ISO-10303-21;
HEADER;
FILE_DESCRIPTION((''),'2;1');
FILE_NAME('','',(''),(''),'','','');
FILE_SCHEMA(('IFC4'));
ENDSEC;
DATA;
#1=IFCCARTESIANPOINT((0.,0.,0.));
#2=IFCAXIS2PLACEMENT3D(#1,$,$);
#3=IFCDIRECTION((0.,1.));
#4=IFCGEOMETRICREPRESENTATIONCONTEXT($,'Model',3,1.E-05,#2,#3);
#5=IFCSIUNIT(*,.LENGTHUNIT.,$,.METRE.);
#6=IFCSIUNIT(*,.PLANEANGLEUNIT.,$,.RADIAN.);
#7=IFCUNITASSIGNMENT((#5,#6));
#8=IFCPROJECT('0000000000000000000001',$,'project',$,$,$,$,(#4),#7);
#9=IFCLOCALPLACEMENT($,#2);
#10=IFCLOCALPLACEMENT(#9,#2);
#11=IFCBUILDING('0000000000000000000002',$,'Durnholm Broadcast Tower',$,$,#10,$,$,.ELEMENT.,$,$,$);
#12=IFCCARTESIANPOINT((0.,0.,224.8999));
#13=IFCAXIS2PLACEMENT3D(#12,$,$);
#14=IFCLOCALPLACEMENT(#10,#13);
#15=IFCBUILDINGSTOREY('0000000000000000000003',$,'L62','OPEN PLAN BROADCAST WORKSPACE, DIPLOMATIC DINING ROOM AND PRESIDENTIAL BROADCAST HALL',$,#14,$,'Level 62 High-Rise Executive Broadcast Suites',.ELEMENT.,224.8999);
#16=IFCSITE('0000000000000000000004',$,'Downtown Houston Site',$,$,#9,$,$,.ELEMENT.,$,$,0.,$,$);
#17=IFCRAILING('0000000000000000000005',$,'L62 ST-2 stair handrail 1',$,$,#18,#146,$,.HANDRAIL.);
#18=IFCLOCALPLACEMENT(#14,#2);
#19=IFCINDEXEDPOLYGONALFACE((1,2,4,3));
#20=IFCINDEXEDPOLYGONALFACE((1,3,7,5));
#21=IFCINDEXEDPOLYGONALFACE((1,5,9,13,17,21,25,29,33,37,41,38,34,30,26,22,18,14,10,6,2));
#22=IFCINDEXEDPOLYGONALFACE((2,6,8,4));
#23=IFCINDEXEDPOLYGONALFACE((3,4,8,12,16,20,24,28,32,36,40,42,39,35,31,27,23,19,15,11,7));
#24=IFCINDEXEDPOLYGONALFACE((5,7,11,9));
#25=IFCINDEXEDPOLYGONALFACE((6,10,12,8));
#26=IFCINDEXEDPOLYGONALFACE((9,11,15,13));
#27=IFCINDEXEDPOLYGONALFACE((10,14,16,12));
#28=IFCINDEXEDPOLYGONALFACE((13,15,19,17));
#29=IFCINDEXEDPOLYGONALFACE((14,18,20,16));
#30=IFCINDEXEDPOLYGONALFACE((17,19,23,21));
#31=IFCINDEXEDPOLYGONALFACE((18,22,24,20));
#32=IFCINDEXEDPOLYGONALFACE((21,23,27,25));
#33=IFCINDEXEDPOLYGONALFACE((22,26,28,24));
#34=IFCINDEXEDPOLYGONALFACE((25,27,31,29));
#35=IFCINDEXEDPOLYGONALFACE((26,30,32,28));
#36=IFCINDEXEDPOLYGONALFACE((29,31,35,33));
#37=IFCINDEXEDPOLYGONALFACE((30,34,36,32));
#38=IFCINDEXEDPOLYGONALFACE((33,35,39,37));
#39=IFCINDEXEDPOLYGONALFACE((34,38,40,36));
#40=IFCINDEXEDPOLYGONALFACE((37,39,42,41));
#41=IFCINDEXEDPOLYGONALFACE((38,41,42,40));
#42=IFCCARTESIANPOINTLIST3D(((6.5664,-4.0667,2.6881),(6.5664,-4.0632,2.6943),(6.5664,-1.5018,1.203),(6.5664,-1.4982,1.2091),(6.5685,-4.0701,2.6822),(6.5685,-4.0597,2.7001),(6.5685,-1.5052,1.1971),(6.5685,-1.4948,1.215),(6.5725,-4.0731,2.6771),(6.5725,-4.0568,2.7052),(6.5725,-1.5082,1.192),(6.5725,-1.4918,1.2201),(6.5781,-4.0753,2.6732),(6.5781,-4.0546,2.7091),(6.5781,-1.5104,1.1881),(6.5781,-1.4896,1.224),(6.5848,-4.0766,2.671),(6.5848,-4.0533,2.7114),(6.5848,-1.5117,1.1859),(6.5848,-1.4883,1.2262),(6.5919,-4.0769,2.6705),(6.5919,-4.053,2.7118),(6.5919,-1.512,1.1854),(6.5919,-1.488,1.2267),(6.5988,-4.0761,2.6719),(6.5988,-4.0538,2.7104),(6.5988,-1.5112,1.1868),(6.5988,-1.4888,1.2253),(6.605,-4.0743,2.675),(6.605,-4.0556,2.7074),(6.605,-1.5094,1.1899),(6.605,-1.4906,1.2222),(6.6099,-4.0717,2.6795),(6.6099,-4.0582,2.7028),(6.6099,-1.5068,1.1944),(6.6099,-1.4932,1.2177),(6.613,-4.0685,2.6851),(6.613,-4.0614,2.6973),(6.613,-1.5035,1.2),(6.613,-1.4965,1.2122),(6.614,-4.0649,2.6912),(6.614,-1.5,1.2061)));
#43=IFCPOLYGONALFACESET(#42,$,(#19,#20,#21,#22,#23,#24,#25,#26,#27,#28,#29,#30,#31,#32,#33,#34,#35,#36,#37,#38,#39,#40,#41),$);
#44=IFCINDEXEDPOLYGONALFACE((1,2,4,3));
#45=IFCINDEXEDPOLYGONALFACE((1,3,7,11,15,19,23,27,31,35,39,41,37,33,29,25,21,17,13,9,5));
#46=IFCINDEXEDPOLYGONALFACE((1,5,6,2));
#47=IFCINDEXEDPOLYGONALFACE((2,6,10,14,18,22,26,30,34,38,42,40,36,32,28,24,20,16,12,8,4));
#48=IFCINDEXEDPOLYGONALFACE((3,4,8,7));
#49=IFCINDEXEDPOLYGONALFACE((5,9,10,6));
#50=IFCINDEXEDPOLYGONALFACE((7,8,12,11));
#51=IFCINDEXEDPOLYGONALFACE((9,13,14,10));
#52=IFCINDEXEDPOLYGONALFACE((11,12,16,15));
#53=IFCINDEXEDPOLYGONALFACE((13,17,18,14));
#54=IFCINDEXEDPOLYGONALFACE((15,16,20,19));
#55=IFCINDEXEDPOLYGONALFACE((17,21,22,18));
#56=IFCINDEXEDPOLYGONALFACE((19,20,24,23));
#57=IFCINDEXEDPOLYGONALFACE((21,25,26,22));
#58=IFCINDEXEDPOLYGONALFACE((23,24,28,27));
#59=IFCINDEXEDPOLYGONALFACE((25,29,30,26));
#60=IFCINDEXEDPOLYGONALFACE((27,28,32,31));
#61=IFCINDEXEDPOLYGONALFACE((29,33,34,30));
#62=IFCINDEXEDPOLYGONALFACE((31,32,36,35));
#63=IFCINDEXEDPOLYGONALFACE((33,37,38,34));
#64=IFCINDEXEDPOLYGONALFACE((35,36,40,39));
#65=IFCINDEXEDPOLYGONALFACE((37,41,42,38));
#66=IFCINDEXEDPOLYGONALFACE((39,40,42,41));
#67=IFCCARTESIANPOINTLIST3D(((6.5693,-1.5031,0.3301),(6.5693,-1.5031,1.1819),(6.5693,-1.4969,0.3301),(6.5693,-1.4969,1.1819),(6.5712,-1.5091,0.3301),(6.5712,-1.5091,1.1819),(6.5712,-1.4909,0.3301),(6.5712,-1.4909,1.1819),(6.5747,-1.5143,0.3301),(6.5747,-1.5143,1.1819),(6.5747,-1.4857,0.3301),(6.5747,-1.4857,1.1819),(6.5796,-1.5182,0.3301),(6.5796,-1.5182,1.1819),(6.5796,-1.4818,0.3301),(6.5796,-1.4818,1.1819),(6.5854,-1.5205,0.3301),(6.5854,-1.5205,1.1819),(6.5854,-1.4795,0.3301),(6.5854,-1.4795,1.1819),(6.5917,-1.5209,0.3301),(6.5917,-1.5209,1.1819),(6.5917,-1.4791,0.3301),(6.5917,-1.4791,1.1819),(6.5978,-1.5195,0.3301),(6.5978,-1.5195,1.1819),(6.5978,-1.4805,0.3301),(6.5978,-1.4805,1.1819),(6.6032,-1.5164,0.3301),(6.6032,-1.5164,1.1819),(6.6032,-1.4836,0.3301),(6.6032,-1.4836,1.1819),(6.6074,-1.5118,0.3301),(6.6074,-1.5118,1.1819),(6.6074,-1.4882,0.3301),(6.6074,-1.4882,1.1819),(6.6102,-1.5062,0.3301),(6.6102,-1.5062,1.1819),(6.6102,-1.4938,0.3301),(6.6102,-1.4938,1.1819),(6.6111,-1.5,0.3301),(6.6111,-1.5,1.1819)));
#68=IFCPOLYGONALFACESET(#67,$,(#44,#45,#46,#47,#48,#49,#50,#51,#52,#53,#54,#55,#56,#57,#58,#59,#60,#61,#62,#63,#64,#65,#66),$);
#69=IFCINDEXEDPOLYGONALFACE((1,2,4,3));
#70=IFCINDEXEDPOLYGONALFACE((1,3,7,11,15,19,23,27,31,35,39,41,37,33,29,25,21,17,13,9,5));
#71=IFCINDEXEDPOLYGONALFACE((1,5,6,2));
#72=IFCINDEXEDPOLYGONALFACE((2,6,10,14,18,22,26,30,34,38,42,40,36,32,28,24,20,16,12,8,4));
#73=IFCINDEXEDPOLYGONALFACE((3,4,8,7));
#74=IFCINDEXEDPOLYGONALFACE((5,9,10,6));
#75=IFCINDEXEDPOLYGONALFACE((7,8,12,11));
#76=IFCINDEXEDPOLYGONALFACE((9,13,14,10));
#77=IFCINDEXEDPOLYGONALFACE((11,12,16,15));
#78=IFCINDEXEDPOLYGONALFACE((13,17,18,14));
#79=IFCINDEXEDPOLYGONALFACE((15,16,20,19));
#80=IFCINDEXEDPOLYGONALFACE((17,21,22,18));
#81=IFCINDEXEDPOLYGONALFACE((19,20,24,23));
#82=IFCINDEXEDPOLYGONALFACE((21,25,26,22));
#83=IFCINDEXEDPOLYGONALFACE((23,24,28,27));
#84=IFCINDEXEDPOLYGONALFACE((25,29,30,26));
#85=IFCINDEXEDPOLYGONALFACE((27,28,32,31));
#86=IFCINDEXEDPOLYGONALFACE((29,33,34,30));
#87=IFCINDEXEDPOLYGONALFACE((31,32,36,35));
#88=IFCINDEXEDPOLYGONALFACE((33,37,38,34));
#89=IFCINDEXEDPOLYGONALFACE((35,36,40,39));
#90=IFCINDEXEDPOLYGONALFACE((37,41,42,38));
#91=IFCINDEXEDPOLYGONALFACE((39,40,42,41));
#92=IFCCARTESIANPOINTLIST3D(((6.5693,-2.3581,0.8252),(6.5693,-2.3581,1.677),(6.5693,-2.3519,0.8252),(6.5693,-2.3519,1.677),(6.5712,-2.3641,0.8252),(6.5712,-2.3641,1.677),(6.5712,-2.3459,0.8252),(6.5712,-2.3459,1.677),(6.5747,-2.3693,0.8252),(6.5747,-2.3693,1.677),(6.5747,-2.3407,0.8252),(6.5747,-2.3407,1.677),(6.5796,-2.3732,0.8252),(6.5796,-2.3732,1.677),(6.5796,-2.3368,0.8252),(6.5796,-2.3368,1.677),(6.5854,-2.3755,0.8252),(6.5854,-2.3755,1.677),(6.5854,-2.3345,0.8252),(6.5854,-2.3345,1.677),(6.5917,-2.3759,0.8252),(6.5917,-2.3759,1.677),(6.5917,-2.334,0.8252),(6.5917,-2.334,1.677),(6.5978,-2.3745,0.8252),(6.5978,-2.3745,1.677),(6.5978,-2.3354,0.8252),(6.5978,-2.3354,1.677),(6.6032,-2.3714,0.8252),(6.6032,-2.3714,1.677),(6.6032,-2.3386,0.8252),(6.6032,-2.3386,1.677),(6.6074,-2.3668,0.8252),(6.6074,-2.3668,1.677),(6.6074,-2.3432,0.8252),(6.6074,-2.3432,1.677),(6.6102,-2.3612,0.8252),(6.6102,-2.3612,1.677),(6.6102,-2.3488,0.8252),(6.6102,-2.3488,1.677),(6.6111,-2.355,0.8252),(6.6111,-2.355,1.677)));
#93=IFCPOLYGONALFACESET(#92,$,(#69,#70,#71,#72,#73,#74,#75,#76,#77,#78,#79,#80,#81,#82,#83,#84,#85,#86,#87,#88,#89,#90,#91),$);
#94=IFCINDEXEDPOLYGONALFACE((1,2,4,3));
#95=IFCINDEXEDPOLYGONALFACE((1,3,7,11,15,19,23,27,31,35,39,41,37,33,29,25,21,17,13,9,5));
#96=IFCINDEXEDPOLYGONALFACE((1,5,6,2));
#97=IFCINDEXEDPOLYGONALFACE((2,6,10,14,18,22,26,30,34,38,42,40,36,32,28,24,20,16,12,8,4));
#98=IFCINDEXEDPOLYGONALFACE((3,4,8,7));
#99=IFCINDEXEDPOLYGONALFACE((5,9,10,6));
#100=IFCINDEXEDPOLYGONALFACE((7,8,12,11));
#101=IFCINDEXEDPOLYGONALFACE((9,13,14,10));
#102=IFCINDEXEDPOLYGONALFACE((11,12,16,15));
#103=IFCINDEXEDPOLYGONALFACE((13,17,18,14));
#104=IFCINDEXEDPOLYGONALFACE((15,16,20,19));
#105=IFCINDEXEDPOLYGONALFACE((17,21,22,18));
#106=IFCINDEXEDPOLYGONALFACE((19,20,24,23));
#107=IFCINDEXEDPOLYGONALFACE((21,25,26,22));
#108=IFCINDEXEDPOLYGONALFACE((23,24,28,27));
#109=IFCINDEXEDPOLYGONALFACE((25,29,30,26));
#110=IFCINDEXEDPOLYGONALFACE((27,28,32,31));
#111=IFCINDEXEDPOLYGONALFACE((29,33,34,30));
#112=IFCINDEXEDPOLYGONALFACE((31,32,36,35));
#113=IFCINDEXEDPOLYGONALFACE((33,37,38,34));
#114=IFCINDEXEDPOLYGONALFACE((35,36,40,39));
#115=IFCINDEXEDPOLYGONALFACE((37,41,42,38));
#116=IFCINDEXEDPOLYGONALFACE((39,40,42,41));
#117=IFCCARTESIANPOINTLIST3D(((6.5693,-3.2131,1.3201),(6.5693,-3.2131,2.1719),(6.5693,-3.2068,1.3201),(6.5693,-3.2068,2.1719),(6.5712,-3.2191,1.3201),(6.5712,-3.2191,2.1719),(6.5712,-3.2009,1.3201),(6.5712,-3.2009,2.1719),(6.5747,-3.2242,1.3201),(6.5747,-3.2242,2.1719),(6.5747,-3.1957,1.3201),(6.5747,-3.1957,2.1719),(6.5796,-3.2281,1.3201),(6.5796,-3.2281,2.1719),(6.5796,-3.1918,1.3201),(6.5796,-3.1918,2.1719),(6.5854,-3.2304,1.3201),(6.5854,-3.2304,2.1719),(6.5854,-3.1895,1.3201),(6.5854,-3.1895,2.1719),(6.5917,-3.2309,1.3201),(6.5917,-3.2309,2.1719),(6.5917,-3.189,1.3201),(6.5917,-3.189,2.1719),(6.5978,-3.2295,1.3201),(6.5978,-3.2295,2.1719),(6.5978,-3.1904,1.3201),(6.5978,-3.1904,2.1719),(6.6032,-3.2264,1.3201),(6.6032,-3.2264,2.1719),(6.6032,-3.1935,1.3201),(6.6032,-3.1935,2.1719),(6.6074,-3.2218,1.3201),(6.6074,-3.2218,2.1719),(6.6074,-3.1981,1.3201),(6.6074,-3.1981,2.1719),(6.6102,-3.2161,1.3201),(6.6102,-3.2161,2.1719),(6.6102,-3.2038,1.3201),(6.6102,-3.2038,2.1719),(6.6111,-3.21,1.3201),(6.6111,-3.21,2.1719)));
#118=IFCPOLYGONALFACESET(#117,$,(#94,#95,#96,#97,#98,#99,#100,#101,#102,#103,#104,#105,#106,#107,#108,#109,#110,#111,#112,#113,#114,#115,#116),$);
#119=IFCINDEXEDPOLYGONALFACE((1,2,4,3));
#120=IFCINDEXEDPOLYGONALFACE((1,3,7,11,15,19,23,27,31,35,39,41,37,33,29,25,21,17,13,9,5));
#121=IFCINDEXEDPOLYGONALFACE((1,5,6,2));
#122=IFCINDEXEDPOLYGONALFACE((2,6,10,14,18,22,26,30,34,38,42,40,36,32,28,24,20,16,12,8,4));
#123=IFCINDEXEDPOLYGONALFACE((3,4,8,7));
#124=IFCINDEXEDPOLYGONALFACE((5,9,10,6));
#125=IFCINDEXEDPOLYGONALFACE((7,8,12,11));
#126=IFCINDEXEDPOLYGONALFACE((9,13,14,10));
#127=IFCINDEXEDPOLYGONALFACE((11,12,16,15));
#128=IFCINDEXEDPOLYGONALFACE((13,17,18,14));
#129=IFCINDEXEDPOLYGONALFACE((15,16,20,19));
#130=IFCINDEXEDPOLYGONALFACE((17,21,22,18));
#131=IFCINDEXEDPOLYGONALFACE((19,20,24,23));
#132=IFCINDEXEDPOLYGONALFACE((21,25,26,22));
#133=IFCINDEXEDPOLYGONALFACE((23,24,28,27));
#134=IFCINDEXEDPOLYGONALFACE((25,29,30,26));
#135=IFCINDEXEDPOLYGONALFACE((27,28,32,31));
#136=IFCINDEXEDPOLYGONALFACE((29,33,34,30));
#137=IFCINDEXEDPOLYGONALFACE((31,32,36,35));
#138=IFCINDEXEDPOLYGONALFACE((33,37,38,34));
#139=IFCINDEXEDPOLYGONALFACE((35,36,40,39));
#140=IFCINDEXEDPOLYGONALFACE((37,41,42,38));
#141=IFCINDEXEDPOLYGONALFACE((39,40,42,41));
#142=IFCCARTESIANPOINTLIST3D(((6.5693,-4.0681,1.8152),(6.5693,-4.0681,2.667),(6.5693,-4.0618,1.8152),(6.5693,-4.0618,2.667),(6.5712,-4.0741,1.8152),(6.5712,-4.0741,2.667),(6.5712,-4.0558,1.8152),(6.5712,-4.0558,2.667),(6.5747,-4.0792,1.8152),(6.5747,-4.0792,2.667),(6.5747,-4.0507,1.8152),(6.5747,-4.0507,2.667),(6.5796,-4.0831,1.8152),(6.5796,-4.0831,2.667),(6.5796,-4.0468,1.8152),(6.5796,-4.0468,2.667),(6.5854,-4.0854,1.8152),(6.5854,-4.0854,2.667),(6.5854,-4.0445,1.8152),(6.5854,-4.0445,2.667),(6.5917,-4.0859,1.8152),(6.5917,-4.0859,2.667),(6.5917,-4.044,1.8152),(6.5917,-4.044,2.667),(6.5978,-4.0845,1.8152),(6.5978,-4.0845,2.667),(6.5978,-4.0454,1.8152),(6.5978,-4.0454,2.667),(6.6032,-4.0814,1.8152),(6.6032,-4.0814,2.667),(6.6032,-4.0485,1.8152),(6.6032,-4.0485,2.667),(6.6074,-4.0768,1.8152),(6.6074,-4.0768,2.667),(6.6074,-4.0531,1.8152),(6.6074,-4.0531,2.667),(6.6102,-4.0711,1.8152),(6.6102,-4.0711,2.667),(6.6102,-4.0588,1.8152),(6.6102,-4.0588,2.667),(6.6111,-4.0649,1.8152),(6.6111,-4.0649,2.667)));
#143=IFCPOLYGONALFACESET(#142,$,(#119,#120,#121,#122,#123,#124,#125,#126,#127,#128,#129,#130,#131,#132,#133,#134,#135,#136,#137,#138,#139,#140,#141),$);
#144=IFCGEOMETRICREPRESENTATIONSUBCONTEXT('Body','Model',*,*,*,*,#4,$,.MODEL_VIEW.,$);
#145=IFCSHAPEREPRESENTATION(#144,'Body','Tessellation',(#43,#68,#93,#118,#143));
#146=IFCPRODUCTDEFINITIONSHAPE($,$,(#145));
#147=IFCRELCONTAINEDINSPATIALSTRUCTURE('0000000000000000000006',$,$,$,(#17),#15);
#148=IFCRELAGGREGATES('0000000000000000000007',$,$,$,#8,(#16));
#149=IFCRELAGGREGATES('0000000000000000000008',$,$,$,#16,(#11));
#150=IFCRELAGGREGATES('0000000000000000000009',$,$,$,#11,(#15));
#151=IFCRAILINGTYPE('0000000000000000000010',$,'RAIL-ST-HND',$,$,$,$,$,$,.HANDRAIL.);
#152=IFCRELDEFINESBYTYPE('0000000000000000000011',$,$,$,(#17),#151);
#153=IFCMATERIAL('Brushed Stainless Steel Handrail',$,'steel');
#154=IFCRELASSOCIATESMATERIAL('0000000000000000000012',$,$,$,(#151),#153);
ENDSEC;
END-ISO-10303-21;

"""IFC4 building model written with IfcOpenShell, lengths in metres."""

from ifc_helpers import new_model, si_unit, direction, frame, origin, origin_2d, place, context, subcontext, project, spatial, circle, extrude, material, type_object, element, save


model = new_model("IFC4")

# Units and contexts
model_context = context("Model", 3, precision=1e-05, world=origin(), true_north=direction((0.0, 1.0)))
body_context = subcontext(model_context, "Body", "Model", "MODEL_VIEW")
ifc_project = project(units=[si_unit("LENGTHUNIT", "METRE"), si_unit("PLANEANGLEUNIT", "RADIAN")], contexts=[model_context])

# Site, building, storey
site_placement = place(None, origin())
site = spatial("IfcSite", under=ifc_project, at=site_placement, Name="Downtown Houston Site", CompositionType="ELEMENT", RefElevation=0.0)
building_placement = place(site_placement, origin())
building = spatial("IfcBuilding", under=site, at=building_placement, Name="Durnholm Broadcast Tower", CompositionType="ELEMENT")
storey_placement = place(building_placement, frame((0.0, 0.0, 224.8999)))
storey = spatial("IfcBuildingStorey", under=building, at=storey_placement, Name="L62", Description="OPEN PLAN BROADCAST WORKSPACE, DIPLOMATIC DINING ROOM AND PRESIDENTIAL BROADCAST HALL", LongName="Level 62 High-Rise Executive Broadcast Suites", CompositionType="ELEMENT", Elevation=224.8999)

# Railing
ifc_material_1 = material(Name="Brushed Stainless Steel Handrail", Category="steel")
railing_type_1 = type_object("IfcRailingType", Name="RAIL-ST-HND", PredefinedType="HANDRAIL", material=ifc_material_1)
railing_1_placement = place(storey_placement, frame((6.5901, -1.5, 0.3301)))
element("IfcRailing", 1, at=railing_1_placement, inside=storey, type_object=railing_type_1, Name="L62 ST-2 stair handrail 1", PredefinedType="HANDRAIL", context=body_context, shape_type="SweptSolid", body=[
    extrude(circle(Radius=0.0239, at=origin_2d()), frame((0.0, 0.0, 0.876), z_axis=(0.0, -0.865406, 0.501072), x_axis=(1.0, 0.0, 0.0)), (0.0, 0.0, 1.0), 2.9639),
    extrude(circle(Radius=0.021, at=origin_2d()), origin(), (0.0, 0.0, 1.0), 0.8518),
    extrude(circle(Radius=0.021, at=origin_2d()), frame((0.0, -0.855, 0.4951)), (0.0, 0.0, 1.0), 0.8518),
    extrude(circle(Radius=0.021, at=origin_2d()), frame((0.0, -1.71, 0.99)), (0.0, 0.0, 1.0), 0.8518),
    extrude(circle(Radius=0.021, at=origin_2d()), frame((0.0, -2.5649, 1.4851)), (0.0, 0.0, 1.0), 0.8518),
])

save(model, "model.ifc")
